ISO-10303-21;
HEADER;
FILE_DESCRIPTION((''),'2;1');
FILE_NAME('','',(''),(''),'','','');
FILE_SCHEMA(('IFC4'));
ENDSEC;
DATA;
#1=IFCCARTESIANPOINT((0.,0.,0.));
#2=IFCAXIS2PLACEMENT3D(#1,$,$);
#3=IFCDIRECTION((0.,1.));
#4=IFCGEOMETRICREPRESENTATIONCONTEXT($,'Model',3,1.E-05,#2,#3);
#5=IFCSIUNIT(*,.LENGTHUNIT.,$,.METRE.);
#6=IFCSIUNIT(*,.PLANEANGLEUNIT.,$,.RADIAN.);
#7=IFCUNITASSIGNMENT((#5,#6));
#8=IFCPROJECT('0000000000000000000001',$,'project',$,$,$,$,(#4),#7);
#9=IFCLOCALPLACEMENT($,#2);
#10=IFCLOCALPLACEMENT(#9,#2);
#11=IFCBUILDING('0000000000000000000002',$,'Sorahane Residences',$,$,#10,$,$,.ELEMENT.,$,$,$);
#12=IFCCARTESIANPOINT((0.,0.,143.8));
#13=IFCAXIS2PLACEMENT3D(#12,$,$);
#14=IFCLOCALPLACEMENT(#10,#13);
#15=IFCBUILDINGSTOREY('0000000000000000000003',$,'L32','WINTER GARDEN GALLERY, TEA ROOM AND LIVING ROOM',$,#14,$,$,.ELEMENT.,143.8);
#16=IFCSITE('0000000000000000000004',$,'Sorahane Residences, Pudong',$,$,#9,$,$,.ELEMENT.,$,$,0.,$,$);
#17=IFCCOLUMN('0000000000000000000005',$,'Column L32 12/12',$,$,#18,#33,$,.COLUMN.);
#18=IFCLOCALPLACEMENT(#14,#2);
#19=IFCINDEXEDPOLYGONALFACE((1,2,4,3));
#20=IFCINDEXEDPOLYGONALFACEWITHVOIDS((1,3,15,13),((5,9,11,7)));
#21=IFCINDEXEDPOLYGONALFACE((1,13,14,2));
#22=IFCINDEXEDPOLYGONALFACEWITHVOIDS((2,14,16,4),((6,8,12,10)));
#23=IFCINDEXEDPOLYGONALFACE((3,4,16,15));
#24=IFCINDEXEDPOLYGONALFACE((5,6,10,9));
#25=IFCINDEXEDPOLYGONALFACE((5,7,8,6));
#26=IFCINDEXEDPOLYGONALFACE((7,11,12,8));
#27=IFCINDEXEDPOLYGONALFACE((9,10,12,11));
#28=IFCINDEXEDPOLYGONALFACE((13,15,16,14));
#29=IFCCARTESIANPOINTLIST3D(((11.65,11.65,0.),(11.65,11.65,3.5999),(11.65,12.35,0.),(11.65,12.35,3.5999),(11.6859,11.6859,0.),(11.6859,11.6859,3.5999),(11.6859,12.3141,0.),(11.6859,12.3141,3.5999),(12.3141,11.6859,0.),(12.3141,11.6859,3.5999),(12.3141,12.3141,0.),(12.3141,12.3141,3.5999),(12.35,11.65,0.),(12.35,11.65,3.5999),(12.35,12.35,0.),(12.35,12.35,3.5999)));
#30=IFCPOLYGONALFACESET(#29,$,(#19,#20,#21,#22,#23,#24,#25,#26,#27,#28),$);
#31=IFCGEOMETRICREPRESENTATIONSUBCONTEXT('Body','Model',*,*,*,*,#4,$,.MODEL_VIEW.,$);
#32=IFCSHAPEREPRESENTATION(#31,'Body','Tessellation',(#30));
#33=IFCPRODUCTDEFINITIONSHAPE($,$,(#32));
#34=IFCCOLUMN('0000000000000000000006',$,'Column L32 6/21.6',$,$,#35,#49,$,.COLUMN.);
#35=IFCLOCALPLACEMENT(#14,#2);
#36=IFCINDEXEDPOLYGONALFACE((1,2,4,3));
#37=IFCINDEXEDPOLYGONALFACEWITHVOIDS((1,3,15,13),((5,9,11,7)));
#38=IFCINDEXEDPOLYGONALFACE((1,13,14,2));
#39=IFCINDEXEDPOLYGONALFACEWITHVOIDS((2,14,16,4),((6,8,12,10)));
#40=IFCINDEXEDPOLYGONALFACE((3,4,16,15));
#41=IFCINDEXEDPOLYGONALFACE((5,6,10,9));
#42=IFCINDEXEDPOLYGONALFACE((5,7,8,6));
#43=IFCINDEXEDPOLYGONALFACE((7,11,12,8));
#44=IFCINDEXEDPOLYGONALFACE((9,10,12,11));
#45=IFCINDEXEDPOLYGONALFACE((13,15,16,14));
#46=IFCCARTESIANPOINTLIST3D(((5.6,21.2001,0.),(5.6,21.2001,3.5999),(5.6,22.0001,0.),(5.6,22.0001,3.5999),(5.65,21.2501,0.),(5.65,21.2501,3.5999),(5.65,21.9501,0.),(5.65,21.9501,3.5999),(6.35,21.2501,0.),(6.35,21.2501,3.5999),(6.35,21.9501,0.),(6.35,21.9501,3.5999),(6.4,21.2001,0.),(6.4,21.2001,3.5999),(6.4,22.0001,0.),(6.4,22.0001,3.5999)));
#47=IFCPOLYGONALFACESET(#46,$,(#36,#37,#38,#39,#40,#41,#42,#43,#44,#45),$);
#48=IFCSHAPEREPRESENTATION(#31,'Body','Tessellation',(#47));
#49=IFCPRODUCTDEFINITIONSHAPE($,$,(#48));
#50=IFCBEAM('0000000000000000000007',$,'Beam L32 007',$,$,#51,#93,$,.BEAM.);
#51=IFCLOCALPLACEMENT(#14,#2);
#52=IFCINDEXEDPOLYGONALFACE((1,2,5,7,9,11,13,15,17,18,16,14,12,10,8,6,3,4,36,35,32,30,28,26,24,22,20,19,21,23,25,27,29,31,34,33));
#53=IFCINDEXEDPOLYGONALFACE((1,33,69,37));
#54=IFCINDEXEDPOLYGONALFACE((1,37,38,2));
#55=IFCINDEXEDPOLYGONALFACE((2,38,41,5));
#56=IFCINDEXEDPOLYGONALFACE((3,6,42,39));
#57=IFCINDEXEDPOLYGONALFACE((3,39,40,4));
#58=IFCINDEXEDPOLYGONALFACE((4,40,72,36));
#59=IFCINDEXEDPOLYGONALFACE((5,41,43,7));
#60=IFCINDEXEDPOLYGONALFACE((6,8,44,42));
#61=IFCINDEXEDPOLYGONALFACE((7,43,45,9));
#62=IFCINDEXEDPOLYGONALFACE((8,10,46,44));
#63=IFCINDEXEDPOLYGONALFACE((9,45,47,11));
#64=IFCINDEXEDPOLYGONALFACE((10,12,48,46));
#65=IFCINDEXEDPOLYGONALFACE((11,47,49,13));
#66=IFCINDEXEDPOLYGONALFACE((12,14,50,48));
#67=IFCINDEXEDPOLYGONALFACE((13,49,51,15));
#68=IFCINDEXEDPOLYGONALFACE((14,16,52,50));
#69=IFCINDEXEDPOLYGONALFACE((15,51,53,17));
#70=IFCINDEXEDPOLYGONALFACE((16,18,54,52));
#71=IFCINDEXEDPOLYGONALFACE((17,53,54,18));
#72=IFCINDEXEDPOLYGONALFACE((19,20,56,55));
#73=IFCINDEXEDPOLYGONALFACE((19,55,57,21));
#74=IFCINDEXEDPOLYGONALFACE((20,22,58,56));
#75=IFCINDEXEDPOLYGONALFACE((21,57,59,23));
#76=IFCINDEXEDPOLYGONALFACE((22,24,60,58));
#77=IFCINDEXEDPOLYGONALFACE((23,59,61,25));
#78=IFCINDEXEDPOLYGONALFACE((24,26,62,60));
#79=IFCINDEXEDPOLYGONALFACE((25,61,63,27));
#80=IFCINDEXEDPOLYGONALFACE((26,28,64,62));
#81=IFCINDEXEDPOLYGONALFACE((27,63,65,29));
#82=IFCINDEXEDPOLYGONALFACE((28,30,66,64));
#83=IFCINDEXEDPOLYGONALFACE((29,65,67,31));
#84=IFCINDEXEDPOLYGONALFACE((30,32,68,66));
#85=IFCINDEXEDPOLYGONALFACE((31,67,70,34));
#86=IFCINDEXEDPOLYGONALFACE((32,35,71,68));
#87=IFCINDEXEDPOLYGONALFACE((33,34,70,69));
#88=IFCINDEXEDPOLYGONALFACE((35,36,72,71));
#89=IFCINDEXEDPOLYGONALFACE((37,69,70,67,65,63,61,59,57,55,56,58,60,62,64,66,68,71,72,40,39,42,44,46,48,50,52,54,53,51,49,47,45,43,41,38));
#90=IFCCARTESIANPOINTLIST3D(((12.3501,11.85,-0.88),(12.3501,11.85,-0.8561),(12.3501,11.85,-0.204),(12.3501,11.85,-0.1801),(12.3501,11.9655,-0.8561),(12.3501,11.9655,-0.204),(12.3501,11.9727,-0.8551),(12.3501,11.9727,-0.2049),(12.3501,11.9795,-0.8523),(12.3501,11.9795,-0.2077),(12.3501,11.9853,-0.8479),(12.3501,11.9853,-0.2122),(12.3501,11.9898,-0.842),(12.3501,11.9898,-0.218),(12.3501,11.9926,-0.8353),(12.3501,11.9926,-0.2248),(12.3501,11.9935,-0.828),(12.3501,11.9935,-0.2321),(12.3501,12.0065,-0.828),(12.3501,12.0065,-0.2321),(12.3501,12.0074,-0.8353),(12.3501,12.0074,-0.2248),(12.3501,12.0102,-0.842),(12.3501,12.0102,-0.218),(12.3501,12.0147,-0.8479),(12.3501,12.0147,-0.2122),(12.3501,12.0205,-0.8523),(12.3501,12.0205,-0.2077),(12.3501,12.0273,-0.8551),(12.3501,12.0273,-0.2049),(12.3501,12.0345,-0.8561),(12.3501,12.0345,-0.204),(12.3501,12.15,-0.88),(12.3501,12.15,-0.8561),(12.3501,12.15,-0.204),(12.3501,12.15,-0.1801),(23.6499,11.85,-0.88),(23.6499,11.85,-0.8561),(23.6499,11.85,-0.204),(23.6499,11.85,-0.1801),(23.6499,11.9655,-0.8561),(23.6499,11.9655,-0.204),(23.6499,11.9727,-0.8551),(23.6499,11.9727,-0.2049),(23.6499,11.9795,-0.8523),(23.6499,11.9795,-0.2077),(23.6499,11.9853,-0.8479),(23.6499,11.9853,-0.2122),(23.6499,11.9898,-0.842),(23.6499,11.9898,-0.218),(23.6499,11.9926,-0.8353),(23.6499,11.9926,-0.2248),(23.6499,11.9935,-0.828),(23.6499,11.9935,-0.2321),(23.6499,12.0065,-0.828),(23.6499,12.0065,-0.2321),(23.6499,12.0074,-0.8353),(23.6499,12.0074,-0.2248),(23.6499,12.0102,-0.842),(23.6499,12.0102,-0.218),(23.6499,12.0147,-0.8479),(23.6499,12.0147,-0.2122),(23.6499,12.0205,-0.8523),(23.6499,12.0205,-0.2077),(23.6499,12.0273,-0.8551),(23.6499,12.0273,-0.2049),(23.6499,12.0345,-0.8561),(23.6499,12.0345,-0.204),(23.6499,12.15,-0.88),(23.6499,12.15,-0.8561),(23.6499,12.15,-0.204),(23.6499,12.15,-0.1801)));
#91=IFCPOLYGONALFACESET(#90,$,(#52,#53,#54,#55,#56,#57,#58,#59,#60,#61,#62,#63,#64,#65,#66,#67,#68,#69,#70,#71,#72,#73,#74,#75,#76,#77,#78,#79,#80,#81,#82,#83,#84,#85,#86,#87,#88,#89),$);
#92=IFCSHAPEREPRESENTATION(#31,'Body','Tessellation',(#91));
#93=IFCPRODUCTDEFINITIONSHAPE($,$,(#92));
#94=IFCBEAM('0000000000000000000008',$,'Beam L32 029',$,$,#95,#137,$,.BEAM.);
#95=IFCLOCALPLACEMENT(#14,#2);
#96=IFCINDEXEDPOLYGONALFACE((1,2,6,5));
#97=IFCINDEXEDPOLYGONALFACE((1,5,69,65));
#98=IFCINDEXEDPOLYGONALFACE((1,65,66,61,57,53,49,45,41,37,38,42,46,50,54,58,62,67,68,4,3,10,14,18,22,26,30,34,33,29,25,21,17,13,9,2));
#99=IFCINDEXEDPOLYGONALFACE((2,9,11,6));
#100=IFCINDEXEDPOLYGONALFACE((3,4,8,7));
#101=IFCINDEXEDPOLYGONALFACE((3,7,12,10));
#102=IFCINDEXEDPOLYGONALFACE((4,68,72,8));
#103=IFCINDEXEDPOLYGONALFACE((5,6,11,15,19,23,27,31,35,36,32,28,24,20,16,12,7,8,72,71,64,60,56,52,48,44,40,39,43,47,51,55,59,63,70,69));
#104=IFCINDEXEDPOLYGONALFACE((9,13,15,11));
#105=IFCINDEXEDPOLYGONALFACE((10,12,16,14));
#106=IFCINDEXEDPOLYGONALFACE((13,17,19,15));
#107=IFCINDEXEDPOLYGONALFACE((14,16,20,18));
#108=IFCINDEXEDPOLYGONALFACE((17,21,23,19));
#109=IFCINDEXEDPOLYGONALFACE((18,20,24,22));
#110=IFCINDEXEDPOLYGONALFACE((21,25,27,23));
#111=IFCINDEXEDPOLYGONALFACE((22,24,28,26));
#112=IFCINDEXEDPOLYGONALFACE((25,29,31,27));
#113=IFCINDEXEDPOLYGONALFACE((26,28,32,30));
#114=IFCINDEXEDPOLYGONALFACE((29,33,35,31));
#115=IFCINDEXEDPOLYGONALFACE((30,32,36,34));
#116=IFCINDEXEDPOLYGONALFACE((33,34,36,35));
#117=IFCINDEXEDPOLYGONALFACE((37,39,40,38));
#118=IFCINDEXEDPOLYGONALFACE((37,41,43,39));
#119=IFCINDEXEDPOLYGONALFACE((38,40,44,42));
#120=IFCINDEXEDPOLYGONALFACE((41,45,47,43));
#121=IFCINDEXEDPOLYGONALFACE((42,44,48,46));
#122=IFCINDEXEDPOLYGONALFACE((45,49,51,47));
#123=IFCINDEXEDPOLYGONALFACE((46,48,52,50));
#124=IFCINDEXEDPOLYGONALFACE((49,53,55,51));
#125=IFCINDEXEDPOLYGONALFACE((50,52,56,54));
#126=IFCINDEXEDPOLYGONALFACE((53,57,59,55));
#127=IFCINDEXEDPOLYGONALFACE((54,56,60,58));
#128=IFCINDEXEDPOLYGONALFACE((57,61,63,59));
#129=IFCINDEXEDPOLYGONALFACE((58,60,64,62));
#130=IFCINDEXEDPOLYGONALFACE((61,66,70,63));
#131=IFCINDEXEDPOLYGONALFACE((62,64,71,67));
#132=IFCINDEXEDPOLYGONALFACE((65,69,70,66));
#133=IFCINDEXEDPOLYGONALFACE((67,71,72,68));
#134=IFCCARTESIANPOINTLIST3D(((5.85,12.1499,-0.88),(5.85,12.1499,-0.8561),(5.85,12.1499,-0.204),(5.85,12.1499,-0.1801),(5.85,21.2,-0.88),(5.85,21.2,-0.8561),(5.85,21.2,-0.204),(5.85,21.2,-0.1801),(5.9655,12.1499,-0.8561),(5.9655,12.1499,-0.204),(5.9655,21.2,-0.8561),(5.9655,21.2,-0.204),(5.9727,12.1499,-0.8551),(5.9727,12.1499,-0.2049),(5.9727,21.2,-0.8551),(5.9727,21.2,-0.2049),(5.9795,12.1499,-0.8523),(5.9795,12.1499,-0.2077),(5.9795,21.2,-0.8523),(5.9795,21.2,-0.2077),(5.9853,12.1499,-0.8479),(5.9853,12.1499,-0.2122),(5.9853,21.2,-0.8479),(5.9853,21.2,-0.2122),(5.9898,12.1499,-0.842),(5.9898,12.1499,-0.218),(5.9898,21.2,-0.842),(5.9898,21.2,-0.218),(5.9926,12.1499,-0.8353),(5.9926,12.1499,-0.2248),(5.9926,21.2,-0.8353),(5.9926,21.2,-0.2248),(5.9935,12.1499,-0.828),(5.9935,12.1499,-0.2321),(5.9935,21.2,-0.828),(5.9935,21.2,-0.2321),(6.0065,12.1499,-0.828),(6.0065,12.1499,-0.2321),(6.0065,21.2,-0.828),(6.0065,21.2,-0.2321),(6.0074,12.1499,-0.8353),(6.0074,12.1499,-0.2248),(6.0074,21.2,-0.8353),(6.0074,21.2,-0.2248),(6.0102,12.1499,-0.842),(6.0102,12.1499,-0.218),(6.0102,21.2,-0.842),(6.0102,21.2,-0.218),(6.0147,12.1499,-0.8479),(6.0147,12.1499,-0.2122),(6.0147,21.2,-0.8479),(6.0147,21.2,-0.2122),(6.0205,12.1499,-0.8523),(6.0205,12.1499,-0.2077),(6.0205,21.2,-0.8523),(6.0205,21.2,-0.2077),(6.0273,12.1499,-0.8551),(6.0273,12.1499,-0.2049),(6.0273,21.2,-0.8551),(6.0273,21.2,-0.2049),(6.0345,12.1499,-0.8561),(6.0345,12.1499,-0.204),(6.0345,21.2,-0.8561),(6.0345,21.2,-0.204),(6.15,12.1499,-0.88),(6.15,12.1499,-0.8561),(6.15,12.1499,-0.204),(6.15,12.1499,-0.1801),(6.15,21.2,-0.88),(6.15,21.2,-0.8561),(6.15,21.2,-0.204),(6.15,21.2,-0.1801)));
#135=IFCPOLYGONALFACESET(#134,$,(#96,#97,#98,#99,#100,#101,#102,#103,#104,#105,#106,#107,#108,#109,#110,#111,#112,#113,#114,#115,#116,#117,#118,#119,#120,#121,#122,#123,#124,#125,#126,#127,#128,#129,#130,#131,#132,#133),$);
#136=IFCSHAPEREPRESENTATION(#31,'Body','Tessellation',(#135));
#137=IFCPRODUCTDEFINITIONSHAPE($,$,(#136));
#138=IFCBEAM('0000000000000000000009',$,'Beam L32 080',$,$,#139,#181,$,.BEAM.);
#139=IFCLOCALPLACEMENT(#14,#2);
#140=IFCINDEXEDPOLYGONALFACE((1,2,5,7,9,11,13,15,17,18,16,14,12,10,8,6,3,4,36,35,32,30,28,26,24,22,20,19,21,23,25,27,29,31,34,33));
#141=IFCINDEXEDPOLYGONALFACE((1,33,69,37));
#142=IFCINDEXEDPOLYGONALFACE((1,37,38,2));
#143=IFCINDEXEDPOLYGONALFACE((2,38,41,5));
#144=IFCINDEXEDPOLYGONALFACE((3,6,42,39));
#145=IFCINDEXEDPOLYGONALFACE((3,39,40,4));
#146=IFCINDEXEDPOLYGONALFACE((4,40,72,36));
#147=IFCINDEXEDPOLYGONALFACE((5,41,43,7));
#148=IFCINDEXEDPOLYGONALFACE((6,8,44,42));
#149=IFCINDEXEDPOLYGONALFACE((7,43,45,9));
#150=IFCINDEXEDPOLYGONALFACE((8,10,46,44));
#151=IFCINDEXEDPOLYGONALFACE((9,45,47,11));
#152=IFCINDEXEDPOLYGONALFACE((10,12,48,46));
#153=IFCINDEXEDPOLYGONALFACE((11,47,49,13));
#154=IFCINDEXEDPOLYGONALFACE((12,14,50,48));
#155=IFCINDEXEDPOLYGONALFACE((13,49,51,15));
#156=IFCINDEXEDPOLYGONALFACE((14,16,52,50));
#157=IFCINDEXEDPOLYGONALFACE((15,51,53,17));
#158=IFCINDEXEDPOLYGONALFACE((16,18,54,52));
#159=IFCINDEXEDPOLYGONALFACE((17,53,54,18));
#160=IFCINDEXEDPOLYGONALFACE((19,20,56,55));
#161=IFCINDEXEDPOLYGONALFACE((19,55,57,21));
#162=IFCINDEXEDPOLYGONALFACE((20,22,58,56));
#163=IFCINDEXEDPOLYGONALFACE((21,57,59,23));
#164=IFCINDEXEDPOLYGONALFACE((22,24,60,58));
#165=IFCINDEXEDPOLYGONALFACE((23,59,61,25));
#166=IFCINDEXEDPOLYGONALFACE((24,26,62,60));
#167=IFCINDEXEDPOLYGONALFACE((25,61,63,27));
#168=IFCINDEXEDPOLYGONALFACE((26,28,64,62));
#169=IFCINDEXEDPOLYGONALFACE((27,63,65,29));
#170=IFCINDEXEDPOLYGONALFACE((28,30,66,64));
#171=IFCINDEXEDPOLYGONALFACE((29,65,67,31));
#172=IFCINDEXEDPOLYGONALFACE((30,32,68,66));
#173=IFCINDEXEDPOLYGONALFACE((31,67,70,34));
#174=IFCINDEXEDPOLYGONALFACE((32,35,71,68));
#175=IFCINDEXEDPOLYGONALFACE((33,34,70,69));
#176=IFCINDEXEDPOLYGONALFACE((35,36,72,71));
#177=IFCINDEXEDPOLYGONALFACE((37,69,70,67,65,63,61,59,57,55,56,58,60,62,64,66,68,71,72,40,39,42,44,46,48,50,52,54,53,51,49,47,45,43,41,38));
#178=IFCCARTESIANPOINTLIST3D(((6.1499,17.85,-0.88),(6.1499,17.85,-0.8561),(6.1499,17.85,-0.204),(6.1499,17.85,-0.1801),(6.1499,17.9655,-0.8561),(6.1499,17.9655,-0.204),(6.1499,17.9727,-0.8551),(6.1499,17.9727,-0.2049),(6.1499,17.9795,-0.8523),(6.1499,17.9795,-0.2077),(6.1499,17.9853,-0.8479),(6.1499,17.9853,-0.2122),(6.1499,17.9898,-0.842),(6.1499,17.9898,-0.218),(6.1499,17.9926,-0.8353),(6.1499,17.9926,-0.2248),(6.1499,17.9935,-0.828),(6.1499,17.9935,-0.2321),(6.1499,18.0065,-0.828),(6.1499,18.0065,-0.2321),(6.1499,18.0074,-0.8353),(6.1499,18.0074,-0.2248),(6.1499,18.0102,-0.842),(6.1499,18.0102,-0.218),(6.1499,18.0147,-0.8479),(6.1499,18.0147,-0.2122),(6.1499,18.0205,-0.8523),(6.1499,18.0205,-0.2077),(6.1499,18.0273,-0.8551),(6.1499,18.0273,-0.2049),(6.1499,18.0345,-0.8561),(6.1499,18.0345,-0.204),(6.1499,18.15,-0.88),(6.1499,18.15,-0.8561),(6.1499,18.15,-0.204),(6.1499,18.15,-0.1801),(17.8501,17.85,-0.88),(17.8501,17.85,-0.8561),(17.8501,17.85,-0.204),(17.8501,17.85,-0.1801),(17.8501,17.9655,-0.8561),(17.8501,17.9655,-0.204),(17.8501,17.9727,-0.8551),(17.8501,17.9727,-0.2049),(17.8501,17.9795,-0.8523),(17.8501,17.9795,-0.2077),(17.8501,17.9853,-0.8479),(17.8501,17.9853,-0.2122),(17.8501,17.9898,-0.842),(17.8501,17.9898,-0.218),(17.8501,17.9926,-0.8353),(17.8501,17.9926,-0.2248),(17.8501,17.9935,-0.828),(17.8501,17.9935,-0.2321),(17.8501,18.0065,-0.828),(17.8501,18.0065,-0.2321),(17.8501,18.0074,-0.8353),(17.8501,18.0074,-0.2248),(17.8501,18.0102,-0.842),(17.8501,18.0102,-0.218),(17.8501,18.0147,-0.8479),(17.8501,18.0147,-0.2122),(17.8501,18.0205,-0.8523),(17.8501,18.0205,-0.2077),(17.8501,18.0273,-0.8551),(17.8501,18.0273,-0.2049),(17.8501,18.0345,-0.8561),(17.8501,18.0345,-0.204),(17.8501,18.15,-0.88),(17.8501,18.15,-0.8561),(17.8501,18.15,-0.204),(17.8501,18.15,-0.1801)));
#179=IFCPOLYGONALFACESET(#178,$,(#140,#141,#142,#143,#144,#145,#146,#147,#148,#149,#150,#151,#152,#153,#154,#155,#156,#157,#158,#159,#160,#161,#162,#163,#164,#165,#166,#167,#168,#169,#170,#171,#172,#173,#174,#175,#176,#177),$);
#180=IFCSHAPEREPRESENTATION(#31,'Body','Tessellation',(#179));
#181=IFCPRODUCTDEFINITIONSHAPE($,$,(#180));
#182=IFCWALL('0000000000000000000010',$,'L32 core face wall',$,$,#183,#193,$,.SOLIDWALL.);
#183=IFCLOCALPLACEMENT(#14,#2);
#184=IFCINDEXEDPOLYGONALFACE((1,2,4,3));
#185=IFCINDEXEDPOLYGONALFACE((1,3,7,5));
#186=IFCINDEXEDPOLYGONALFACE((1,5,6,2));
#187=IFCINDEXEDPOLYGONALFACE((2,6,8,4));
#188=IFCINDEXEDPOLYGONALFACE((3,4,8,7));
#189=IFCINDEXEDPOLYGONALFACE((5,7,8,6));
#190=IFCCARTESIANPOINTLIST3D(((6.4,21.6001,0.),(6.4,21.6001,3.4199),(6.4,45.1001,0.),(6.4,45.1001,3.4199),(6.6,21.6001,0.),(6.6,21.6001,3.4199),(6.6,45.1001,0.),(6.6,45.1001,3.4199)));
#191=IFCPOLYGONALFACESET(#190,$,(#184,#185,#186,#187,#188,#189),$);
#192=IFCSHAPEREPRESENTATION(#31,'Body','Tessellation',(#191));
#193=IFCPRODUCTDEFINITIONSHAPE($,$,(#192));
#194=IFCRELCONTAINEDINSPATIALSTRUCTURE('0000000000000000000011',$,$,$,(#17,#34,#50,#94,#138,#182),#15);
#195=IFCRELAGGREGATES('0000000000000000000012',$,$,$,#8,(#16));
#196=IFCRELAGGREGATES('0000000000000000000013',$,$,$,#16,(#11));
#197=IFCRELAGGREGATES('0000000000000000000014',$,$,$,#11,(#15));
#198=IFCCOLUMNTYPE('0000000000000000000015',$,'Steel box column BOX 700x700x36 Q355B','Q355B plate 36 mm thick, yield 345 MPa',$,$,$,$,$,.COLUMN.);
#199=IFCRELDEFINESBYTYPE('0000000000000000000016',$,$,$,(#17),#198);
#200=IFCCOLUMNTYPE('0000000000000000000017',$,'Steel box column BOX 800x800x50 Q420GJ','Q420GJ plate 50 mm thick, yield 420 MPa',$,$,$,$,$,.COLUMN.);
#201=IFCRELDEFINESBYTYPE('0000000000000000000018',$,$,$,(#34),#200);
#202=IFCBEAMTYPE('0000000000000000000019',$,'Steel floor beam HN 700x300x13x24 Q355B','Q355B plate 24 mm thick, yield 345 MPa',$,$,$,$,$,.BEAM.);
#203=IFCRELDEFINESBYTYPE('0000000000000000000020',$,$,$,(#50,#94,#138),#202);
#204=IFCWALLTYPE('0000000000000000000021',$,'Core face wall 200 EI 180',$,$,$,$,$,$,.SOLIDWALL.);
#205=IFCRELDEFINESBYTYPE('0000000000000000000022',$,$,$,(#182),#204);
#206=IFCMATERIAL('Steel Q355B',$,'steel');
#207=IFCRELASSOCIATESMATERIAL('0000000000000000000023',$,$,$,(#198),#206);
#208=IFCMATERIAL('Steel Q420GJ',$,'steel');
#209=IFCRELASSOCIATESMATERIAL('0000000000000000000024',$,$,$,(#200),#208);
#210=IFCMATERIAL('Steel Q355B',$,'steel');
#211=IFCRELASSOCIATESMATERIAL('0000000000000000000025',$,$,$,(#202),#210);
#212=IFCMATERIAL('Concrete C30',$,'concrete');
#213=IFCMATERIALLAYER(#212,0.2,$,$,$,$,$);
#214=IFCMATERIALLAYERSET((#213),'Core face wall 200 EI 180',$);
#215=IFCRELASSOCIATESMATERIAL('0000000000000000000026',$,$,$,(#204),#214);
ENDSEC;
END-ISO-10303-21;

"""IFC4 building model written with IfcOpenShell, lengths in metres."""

from ifc_helpers import new_model, si_unit, direction, frame, frame_2d, origin, origin_2d, place, context, subcontext, project, spatial, rectangle, hollow_rectangle, i_section, extrude, material, layer, layer_set, material_profile, profile_set, type_object, element, save


model = new_model("IFC4")

# Units and contexts
model_context = context("Model", 3, precision=1e-05, world=origin(), true_north=direction((0.0, 1.0)))
body_context = subcontext(model_context, "Body", "Model", "MODEL_VIEW")
ifc_project = project(units=[si_unit("LENGTHUNIT", "METRE"), si_unit("PLANEANGLEUNIT", "RADIAN")], contexts=[model_context])

# Site, building, storey
site_placement = place(None, origin())
site = spatial("IfcSite", under=ifc_project, at=site_placement, Name="Sorahane Residences, Pudong", CompositionType="ELEMENT", RefElevation=0.0)
building_placement = place(site_placement, origin())
building = spatial("IfcBuilding", under=site, at=building_placement, Name="Sorahane Residences", CompositionType="ELEMENT")
storey_placement = place(building_placement, frame((0.0, 0.0, 143.8)))
storey = spatial("IfcBuildingStorey", under=building, at=storey_placement, Name="L32", Description="WINTER GARDEN GALLERY, TEA ROOM AND LIVING ROOM", CompositionType="ELEMENT", Elevation=143.8)

# Columns
ifc_material_1 = material(Name="Steel Q355B", Category="steel")
ifc_material_profile_1 = material_profile(ifc_material_1, hollow_rectangle(XDim=0.7, YDim=0.7, WallThickness=0.0359, at=origin_2d()), Name="BOX 700x700x36")
ifc_profile_set_1 = profile_set([ifc_material_profile_1], Name="Steel Q355B")
column_type_1 = type_object("IfcColumnType", Name="Steel box column BOX 700x700x36 Q355B", Description="Q355B plate 36 mm thick, yield 345 MPa", PredefinedType="COLUMN", material=ifc_profile_set_1)
column_1_placement = place(storey_placement, frame((12.0, 12.0, 0.0), z_axis=(0.0, 0.0, 1.0), x_axis=(1.0, 0.0, 0.0)))
element("IfcColumn", 1, at=column_1_placement, inside=storey, type_object=column_type_1, Name="Column L32 12/12", PredefinedType="COLUMN", context=body_context, shape_type="SweptSolid", body=[
    extrude(hollow_rectangle(XDim=0.7, YDim=0.7, WallThickness=0.0359, at=origin_2d()), origin(), (0.0, 0.0, 1.0), 3.5999),
])
ifc_material_2 = material(Name="Steel Q420GJ", Category="steel")
ifc_material_profile_2 = material_profile(ifc_material_2, hollow_rectangle(XDim=0.8, YDim=0.8, WallThickness=0.05, at=origin_2d()), Name="BOX 800x800x50")
ifc_profile_set_2 = profile_set([ifc_material_profile_2], Name="Steel Q420GJ")
column_type_2 = type_object("IfcColumnType", Name="Steel box column BOX 800x800x50 Q420GJ", Description="Q420GJ plate 50 mm thick, yield 420 MPa", PredefinedType="COLUMN", material=ifc_profile_set_2)
column_2_placement = place(storey_placement, frame((6.0, 21.6001, 0.0), z_axis=(0.0, 0.0, 1.0), x_axis=(1.0, 0.0, 0.0)))
element("IfcColumn", 2, at=column_2_placement, inside=storey, type_object=column_type_2, Name="Column L32 6/21.6", PredefinedType="COLUMN", context=body_context, shape_type="SweptSolid", body=[
    extrude(hollow_rectangle(XDim=0.8, YDim=0.8, WallThickness=0.05, at=origin_2d()), origin(), (0.0, 0.0, 1.0), 3.5999),
])

# Beams
ifc_material_3 = material(Name="Steel Q355B", Category="steel")
ifc_material_profile_3 = material_profile(ifc_material_3, i_section(OverallWidth=0.3, OverallDepth=0.7, WebThickness=0.0129, FlangeThickness=0.0239, FilletRadius=0.0281, at=origin_2d()), Name="HN 700x300x13x24")
ifc_profile_set_3 = profile_set([ifc_material_profile_3], Name="Steel Q355B")
beam_type = type_object("IfcBeamType", Name="Steel floor beam HN 700x300x13x24 Q355B", Description="Q355B plate 24 mm thick, yield 345 MPa", PredefinedType="BEAM", material=ifc_profile_set_3)
beam_1_placement = place(storey_placement, frame((12.3501, 12.0, -0.53), z_axis=(1.0, 0.0, 0.0), x_axis=(0.0, 1.0, 0.0)))
element("IfcBeam", 3, at=beam_1_placement, inside=storey, type_object=beam_type, Name="Beam L32 007", PredefinedType="BEAM", context=body_context, shape_type="SweptSolid", body=[
    extrude(i_section(OverallWidth=0.3, OverallDepth=0.7, WebThickness=0.0129, FlangeThickness=0.0239, FilletRadius=0.0281, at=origin_2d()), origin(), (0.0, 0.0, 1.0), 11.2998),
])
beam_2_placement = place(storey_placement, frame((6.0, 12.1499, -0.53), z_axis=(0.0, 1.0, 0.0), x_axis=(-1.0, 0.0, 0.0)))
element("IfcBeam", 4, at=beam_2_placement, inside=storey, type_object=beam_type, Name="Beam L32 029", PredefinedType="BEAM", context=body_context, shape_type="SweptSolid", body=[
    extrude(i_section(OverallWidth=0.3, OverallDepth=0.7, WebThickness=0.0129, FlangeThickness=0.0239, FilletRadius=0.0281, at=origin_2d()), origin(), (0.0, 0.0, 1.0), 9.05),
])
beam_3_placement = place(storey_placement, frame((6.1499, 18.0, -0.53), z_axis=(1.0, 0.0, 0.0), x_axis=(0.0, 1.0, 0.0)))
element("IfcBeam", 5, at=beam_3_placement, inside=storey, type_object=beam_type, Name="Beam L32 080", PredefinedType="BEAM", context=body_context, shape_type="SweptSolid", body=[
    extrude(i_section(OverallWidth=0.3, OverallDepth=0.7, WebThickness=0.0129, FlangeThickness=0.0239, FilletRadius=0.0281, at=origin_2d()), origin(), (0.0, 0.0, 1.0), 11.7002),
])

# Wall
ifc_material_4 = material(Name="Concrete C30", Category="concrete")
ifc_layer_1 = layer(ifc_material_4, 0.2)
ifc_layer_set_1 = layer_set([ifc_layer_1], Name="Core face wall 200 EI 180")
wall_type_1 = type_object("IfcWallType", Name="Core face wall 200 EI 180", PredefinedType="SOLIDWALL", material=ifc_layer_set_1)
wall_1_placement = place(storey_placement, frame((6.5, 21.6001, 0.0), z_axis=(0.0, 0.0, 1.0), x_axis=(0.0, 1.0, 0.0)))
element("IfcWall", 6, at=wall_1_placement, inside=storey, type_object=wall_type_1, Name="L32 core face wall", PredefinedType="SOLIDWALL", context=body_context, shape_type="SweptSolid", body=[
    extrude(rectangle(XDim=23.5, YDim=0.2, at=frame_2d((11.75, 0.0))), origin(), (0.0, 0.0, 1.0), 3.4199),
])

save(model, "model.ifc")
